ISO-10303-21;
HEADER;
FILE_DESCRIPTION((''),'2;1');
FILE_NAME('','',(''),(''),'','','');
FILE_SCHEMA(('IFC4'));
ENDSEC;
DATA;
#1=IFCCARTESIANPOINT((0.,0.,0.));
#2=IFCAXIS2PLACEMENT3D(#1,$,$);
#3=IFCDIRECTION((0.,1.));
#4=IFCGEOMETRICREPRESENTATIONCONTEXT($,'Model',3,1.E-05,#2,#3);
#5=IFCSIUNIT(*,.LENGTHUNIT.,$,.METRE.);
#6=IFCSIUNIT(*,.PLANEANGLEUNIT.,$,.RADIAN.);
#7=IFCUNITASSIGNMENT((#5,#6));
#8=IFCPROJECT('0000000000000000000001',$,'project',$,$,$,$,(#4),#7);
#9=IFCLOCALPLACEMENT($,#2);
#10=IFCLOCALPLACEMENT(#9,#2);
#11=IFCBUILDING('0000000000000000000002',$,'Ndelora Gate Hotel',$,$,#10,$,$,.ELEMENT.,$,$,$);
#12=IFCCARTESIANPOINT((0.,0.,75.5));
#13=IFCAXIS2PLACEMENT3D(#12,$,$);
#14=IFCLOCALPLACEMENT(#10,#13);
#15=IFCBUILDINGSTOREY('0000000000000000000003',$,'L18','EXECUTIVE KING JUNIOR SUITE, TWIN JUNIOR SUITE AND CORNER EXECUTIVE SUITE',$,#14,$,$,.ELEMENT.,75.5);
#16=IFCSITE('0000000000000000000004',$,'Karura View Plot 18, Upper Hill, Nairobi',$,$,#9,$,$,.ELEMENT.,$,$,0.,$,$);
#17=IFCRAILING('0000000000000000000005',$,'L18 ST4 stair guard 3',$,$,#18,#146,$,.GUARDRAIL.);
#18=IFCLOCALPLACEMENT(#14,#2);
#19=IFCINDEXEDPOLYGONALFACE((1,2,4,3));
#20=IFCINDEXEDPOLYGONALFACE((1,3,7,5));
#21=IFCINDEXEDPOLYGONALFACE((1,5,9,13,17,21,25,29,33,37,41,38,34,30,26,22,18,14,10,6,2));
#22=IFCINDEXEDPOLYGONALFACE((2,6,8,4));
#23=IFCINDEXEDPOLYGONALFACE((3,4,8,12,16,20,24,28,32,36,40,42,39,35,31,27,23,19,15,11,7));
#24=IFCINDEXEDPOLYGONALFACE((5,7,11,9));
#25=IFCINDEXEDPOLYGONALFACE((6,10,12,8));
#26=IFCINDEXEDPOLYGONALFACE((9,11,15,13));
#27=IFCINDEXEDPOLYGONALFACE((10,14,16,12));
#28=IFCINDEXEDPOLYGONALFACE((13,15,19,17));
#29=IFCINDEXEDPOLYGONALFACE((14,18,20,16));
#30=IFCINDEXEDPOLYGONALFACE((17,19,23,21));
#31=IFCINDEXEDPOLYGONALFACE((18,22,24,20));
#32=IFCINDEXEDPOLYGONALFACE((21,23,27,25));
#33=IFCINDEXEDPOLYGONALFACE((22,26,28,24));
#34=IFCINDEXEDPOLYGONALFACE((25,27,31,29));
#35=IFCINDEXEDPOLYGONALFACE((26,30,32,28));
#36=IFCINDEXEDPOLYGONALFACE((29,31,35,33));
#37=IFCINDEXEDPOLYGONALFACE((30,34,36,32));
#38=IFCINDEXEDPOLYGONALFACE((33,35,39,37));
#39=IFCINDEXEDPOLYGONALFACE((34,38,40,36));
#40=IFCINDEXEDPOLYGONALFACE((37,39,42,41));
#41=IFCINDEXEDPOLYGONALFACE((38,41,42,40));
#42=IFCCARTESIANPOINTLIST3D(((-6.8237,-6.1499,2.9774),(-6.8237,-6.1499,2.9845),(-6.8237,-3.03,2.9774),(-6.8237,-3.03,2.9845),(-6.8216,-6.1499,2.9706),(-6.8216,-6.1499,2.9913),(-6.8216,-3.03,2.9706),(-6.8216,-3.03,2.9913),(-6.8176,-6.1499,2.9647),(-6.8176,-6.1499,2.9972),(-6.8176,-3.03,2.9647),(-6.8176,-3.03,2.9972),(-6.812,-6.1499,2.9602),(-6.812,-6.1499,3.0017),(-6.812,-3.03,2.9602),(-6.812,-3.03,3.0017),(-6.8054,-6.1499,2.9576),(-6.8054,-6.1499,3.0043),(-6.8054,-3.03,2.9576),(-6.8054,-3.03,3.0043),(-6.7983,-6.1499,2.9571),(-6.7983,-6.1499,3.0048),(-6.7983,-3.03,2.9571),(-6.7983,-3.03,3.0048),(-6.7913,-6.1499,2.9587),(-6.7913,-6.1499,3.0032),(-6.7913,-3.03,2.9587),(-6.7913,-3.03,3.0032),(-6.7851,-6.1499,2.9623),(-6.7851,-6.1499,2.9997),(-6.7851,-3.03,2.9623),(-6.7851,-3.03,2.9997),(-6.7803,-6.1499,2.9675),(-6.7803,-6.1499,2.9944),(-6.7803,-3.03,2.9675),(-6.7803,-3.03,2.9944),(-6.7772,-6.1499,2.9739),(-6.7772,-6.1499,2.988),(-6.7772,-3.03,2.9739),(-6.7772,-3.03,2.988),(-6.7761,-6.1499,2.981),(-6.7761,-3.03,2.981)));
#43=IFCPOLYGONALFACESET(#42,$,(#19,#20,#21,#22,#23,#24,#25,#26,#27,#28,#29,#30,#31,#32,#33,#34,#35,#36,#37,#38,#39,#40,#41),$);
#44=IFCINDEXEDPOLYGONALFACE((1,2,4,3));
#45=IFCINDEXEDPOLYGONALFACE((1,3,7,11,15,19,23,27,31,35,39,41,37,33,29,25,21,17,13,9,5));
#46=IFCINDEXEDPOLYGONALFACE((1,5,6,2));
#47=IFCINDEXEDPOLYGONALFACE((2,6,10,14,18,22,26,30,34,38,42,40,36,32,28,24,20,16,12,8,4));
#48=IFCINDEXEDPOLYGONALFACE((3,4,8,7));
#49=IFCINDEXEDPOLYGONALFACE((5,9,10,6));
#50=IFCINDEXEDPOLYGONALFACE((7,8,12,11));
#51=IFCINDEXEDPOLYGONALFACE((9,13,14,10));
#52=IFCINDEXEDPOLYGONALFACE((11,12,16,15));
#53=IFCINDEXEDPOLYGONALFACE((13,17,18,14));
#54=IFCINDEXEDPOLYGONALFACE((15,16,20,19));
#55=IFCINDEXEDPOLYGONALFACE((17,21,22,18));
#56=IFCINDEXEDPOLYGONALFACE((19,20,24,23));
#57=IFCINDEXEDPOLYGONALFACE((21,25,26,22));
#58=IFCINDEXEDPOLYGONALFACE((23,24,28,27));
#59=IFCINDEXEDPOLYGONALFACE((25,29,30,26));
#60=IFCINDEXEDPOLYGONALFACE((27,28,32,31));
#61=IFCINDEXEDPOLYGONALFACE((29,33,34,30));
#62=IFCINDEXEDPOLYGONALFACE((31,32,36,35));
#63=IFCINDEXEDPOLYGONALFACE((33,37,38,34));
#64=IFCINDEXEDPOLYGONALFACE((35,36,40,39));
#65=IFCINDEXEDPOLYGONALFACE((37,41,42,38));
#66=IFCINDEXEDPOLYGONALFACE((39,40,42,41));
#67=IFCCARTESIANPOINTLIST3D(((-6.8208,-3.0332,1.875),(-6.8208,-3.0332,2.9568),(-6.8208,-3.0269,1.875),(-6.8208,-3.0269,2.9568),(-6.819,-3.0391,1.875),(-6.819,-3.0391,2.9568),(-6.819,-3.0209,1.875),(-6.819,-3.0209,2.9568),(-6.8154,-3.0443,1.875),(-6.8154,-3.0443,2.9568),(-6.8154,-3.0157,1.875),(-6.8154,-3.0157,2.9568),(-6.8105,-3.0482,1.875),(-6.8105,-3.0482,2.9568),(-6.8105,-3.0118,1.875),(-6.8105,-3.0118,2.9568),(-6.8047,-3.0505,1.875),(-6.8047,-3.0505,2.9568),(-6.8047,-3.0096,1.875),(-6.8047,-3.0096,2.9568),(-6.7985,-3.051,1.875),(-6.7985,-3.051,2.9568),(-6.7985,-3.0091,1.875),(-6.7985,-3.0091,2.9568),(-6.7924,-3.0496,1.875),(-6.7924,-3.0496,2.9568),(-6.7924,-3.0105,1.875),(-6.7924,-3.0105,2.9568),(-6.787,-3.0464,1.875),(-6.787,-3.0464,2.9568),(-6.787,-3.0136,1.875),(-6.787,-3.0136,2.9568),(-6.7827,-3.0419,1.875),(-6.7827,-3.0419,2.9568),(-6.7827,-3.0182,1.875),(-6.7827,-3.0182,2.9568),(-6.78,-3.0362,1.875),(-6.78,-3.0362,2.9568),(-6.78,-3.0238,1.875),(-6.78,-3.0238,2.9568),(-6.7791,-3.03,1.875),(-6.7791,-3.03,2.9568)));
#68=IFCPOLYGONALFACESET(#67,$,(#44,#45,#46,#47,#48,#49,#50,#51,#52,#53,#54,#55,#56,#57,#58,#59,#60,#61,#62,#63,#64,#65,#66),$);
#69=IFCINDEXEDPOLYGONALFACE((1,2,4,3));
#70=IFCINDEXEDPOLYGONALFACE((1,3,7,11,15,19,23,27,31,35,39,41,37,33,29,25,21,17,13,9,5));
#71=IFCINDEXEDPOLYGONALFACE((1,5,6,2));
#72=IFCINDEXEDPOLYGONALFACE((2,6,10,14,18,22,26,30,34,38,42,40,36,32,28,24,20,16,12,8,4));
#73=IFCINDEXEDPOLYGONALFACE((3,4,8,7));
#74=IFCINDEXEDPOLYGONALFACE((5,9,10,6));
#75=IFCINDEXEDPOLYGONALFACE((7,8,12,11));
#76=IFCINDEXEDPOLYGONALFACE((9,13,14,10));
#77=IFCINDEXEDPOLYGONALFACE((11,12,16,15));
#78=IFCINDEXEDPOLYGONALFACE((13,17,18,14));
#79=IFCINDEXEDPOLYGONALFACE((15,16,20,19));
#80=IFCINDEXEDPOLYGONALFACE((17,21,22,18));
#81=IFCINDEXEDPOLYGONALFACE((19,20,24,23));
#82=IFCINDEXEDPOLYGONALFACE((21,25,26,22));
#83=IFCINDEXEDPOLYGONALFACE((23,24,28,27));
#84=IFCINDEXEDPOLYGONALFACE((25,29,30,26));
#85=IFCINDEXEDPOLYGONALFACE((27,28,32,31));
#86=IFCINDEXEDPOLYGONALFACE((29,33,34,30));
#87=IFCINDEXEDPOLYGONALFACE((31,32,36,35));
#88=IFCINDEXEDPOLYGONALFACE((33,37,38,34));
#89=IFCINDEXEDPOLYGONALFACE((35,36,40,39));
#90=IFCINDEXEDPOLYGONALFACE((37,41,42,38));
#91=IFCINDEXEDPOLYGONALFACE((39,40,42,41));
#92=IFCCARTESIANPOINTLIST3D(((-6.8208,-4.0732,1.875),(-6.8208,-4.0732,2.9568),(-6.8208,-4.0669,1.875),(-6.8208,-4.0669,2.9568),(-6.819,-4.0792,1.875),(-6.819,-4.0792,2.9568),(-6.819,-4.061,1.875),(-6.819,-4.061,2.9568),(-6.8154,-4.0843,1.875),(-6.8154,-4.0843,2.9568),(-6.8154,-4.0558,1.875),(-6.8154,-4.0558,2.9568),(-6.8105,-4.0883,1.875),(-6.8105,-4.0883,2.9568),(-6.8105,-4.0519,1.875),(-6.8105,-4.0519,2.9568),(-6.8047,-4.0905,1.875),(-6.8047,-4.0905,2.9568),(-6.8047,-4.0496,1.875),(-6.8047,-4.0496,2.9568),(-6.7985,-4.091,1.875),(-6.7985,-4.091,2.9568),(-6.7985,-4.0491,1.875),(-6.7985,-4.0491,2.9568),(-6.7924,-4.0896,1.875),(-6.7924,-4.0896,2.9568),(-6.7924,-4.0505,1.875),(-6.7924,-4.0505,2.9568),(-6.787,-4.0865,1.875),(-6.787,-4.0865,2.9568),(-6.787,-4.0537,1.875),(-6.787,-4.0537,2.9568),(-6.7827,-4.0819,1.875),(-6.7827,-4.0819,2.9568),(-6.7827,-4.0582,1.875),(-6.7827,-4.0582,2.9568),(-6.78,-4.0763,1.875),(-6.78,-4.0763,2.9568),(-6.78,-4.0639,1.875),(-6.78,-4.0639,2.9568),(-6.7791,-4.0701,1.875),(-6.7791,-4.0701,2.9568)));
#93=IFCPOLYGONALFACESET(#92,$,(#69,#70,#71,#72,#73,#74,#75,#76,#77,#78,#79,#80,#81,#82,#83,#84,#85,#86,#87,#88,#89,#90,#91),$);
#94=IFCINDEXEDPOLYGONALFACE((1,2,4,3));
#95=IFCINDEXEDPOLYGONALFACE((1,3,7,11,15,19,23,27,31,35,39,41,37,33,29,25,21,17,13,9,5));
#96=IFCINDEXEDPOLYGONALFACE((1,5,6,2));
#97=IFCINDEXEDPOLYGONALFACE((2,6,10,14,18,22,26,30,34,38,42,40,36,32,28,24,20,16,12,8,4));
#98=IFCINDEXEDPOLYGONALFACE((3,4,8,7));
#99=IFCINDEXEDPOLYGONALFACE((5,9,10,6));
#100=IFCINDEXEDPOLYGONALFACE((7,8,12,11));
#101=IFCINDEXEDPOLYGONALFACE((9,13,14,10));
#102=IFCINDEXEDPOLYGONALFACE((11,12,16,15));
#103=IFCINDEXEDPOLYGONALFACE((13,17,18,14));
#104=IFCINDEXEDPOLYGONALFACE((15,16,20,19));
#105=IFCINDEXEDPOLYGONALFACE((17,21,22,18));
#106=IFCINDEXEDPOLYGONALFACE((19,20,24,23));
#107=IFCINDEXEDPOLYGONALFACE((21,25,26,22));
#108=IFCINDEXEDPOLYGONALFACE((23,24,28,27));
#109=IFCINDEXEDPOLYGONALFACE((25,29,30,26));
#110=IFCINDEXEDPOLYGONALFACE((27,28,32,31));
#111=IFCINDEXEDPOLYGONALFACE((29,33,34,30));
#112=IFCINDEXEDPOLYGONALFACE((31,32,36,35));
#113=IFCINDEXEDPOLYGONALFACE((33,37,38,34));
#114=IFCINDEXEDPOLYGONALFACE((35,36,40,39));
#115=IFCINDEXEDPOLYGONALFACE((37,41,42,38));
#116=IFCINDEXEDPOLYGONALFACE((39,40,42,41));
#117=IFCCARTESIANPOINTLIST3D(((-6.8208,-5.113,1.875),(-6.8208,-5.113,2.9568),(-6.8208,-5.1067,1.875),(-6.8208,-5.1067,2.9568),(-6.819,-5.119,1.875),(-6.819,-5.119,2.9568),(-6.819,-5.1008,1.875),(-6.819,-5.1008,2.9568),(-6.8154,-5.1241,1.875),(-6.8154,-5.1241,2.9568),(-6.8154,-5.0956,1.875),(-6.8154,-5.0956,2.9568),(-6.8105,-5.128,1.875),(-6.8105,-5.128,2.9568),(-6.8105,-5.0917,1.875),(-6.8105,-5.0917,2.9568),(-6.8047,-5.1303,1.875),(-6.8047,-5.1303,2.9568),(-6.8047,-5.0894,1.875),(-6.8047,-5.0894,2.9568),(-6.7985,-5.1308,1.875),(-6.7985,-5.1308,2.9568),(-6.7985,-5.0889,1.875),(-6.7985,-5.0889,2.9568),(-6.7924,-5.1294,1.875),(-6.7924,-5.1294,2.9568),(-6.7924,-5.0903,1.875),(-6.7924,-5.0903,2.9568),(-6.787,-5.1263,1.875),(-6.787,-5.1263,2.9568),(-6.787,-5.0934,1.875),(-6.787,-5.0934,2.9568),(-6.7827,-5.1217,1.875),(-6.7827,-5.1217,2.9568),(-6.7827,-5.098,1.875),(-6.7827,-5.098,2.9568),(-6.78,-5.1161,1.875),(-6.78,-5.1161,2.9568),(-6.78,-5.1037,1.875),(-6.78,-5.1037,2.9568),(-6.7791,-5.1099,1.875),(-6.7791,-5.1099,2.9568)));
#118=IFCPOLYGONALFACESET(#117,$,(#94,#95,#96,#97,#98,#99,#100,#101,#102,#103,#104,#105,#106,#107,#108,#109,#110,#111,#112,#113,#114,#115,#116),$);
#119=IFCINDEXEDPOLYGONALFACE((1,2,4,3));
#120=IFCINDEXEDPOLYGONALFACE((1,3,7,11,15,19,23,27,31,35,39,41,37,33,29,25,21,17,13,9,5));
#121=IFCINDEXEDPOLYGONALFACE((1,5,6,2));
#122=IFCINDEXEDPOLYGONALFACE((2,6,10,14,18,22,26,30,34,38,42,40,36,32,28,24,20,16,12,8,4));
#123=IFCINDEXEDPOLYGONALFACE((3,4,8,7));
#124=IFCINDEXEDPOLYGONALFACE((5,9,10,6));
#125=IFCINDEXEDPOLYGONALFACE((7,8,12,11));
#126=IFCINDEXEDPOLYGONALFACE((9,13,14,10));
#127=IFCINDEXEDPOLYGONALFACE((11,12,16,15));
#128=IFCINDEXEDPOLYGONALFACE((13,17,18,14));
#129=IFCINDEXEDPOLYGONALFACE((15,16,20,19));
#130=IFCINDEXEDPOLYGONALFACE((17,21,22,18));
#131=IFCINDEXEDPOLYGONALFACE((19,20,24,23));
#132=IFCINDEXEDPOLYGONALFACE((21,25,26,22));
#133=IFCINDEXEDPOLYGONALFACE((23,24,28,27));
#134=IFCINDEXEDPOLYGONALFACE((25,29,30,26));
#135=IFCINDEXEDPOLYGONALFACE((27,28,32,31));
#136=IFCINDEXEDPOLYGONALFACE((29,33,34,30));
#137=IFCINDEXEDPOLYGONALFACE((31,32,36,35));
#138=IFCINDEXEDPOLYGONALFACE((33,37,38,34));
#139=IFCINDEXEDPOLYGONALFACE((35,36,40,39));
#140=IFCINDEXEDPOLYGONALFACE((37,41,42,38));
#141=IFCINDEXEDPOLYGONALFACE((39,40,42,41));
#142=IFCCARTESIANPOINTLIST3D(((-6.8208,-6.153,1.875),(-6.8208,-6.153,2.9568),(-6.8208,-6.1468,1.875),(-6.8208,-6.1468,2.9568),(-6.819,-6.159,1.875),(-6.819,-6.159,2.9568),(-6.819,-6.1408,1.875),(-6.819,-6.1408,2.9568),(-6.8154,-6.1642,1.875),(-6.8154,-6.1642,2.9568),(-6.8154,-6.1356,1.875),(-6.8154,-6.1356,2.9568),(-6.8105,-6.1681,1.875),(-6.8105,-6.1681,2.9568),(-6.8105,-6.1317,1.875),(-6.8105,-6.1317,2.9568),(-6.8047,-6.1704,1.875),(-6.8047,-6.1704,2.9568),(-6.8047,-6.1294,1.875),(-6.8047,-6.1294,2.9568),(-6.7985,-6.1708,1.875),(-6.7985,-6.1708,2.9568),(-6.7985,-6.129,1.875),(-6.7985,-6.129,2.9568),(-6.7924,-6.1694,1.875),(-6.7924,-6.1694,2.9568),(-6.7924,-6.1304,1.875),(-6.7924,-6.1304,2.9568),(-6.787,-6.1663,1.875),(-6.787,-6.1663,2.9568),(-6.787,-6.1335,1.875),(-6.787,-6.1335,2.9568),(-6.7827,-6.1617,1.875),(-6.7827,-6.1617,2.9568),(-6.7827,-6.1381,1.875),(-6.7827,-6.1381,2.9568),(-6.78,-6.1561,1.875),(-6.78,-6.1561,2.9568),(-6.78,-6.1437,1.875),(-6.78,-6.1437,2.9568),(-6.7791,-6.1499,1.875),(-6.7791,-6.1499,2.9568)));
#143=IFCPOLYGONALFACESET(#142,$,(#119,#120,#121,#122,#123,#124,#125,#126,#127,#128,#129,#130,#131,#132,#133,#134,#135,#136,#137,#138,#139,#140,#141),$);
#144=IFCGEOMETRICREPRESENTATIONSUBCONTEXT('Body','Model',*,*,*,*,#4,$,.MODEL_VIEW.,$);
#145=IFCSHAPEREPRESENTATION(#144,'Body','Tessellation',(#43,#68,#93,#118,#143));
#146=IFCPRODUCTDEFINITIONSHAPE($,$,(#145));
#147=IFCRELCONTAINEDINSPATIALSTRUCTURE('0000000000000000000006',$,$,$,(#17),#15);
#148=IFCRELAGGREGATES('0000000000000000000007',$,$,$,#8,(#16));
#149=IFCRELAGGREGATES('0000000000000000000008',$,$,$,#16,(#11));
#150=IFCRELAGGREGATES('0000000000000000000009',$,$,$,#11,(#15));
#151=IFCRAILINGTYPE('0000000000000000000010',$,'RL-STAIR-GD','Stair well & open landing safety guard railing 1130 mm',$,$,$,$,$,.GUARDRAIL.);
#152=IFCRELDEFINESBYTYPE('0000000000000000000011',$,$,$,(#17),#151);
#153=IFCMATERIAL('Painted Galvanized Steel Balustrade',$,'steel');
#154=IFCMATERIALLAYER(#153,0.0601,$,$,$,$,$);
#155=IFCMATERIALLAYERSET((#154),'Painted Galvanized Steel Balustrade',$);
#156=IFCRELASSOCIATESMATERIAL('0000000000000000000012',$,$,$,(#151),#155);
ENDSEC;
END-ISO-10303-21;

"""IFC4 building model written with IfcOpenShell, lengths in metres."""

from ifc_helpers import new_model, si_unit, direction, frame, origin, origin_2d, place, context, subcontext, project, spatial, circle, extrude, material, layer, layer_set, type_object, element, save


model = new_model("IFC4")

# Units and contexts
model_context = context("Model", 3, precision=1e-05, world=origin(), true_north=direction((0.0, 1.0)))
body_context = subcontext(model_context, "Body", "Model", "MODEL_VIEW")
ifc_project = project(units=[si_unit("LENGTHUNIT", "METRE"), si_unit("PLANEANGLEUNIT", "RADIAN")], contexts=[model_context])

# Site, building, storey
site_placement = place(None, origin())
site = spatial("IfcSite", under=ifc_project, at=site_placement, Name="Karura View Plot 18, Upper Hill, Nairobi", CompositionType="ELEMENT", RefElevation=0.0)
building_placement = place(site_placement, origin())
building = spatial("IfcBuilding", under=site, at=building_placement, Name="Ndelora Gate Hotel", CompositionType="ELEMENT")
storey_placement = place(building_placement, frame((0.0, 0.0, 75.5)))
storey = spatial("IfcBuildingStorey", under=building, at=storey_placement, Name="L18", Description="EXECUTIVE KING JUNIOR SUITE, TWIN JUNIOR SUITE AND CORNER EXECUTIVE SUITE", CompositionType="ELEMENT", Elevation=75.5)

# Railing
ifc_material_1 = material(Name="Painted Galvanized Steel Balustrade", Category="steel")
ifc_layer_1 = layer(ifc_material_1, 0.0601)
ifc_layer_set_1 = layer_set([ifc_layer_1], Name="Painted Galvanized Steel Balustrade")
railing_type_1 = type_object("IfcRailingType", Name="RL-STAIR-GD", Description="Stair well & open landing safety guard railing 1130 mm", PredefinedType="GUARDRAIL", material=ifc_layer_set_1)
for number, where, name in (
    (1, (-6.8, -3.03, 1.875), "L18 ST4 stair guard 3"),
):
    element("IfcRailing", number, at=place(storey_placement, frame(where)), inside=storey, type_object=railing_type_1, Name=name, PredefinedType="GUARDRAIL", context=body_context, shape_type="SweptSolid", body=[
        extrude(circle(Radius=0.0239, at=origin_2d()), frame((0.0, 0.0, 1.106), z_axis=(0.0, -1.0, 0.0), x_axis=(1.0, 0.0, 0.0)), (0.0, 0.0, 1.0), 3.1199),
        extrude(circle(Radius=0.021, at=origin_2d()), origin(), (0.0, 0.0, 1.0), 1.0818),
        extrude(circle(Radius=0.021, at=origin_2d()), frame((0.0, -1.04, 0.0)), (0.0, 0.0, 1.0), 1.0818),
        extrude(circle(Radius=0.021, at=origin_2d()), frame((0.0, -2.0798, 0.0)), (0.0, 0.0, 1.0), 1.0818),
        extrude(circle(Radius=0.021, at=origin_2d()), frame((0.0, -3.1199, 0.0)), (0.0, 0.0, 1.0), 1.0818),
    ])

save(model, "model.ifc")
